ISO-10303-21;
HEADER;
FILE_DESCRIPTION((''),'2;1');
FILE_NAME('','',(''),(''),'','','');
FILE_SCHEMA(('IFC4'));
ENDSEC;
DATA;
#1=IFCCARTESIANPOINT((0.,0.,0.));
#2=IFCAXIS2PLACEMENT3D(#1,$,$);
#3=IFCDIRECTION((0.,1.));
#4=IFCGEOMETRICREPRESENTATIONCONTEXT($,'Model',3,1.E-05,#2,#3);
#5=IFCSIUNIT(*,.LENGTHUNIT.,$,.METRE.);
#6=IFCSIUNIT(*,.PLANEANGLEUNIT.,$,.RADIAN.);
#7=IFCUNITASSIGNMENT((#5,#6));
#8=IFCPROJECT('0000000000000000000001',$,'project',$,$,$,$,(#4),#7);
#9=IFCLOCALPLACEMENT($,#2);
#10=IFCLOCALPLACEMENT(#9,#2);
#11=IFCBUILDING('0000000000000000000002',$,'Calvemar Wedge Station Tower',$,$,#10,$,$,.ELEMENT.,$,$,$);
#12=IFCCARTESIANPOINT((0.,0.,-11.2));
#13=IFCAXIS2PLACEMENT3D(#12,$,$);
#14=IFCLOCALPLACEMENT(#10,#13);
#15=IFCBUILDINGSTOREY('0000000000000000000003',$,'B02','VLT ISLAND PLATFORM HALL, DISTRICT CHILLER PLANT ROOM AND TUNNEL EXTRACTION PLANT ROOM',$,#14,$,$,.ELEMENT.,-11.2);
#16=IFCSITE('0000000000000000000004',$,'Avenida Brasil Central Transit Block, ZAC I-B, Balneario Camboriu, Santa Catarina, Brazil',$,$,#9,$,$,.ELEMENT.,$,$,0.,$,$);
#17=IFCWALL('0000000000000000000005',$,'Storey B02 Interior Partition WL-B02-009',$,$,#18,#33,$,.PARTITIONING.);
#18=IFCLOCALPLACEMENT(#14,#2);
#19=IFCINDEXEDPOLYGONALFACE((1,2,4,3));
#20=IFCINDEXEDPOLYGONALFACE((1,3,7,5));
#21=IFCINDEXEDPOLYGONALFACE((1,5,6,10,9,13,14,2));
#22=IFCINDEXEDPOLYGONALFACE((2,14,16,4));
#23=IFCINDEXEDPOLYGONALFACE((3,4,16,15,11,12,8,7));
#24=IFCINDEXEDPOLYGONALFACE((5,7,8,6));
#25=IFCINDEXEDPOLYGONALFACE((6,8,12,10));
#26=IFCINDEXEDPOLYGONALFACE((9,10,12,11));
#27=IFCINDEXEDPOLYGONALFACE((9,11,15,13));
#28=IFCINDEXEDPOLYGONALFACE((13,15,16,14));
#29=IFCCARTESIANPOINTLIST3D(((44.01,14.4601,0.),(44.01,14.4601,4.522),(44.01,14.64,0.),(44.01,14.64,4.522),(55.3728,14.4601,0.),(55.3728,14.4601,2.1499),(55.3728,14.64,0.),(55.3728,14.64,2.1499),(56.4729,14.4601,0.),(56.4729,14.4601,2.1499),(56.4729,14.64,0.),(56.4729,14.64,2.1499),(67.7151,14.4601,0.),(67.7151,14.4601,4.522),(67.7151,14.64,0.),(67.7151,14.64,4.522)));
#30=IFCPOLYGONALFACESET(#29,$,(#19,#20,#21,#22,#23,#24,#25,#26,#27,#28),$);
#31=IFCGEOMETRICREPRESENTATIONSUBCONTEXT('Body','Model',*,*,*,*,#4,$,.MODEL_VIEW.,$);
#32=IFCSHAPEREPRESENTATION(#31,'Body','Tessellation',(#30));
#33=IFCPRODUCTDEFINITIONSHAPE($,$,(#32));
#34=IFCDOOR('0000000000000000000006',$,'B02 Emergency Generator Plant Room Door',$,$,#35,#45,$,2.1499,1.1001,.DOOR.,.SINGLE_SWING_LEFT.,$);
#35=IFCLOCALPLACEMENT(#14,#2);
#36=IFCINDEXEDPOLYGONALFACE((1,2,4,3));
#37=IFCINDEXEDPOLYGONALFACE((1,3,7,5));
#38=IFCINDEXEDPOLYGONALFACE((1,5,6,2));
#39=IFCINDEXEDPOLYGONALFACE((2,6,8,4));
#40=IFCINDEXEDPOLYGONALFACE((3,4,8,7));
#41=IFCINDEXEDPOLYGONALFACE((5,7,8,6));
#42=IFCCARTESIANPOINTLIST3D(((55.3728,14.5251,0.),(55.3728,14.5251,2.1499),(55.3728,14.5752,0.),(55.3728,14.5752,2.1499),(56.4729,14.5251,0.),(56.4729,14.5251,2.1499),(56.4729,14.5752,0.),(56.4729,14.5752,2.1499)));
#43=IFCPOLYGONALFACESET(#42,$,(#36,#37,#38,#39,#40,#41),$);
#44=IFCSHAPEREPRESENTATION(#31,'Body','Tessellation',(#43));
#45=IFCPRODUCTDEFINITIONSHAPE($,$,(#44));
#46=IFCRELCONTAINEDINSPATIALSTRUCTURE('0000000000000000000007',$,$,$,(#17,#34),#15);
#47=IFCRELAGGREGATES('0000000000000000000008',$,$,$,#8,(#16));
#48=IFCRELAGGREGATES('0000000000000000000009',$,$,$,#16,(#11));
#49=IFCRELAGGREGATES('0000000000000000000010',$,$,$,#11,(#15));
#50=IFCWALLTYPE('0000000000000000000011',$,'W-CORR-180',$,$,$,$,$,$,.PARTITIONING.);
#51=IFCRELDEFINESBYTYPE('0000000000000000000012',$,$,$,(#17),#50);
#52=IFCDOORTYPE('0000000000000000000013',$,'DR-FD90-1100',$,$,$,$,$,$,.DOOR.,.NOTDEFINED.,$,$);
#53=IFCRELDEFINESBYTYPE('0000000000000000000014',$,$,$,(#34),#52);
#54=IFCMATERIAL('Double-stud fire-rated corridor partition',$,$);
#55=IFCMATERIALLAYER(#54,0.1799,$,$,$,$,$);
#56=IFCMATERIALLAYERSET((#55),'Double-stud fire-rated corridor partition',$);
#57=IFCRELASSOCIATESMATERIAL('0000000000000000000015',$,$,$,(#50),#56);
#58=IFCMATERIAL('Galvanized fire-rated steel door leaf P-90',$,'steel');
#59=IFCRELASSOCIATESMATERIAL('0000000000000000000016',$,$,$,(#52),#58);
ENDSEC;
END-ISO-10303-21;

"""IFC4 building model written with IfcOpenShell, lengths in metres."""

from ifc_helpers import new_model, si_unit, direction, frame, frame_2d, origin, place, context, subcontext, project, spatial, rectangle, extrude, source, transform, mapped, material, layer, layer_set, type_object, element, fill, save


model = new_model("IFC4")

# Units and contexts
model_context = context("Model", 3, precision=1e-05, world=origin(), true_north=direction((0.0, 1.0)))
body_context = subcontext(model_context, "Body", "Model", "MODEL_VIEW")
ifc_project = project(units=[si_unit("LENGTHUNIT", "METRE"), si_unit("PLANEANGLEUNIT", "RADIAN")], contexts=[model_context])

# Site, building, storey
site_placement = place(None, origin())
site = spatial("IfcSite", under=ifc_project, at=site_placement, Name="Avenida Brasil Central Transit Block, ZAC I-B, Balneario Camboriu, Santa Catarina, Brazil", CompositionType="ELEMENT", RefElevation=0.0)
building_placement = place(site_placement, origin())
building = spatial("IfcBuilding", under=site, at=building_placement, Name="Calvemar Wedge Station Tower", CompositionType="ELEMENT")
storey_placement = place(building_placement, frame((0.0, 0.0, -11.2)))
storey = spatial("IfcBuildingStorey", under=building, at=storey_placement, Name="B02", Description="VLT ISLAND PLATFORM HALL, DISTRICT CHILLER PLANT ROOM AND TUNNEL EXTRACTION PLANT ROOM", CompositionType="ELEMENT", Elevation=-11.2)

# Wall, opening, door
ifc_material_1 = material(Name="Double-stud fire-rated corridor partition")
ifc_layer_1 = layer(ifc_material_1, 0.1799)
ifc_layer_set_1 = layer_set([ifc_layer_1], Name="Double-stud fire-rated corridor partition")
wall_type_1 = type_object("IfcWallType", Name="W-CORR-180", PredefinedType="PARTITIONING", material=ifc_layer_set_1)
wall_1_placement = place(storey_placement, frame((67.7151, 14.55, 0.0), z_axis=(0.0, 0.0, 1.0), x_axis=(-1.0, 0.0, 0.0)))
wall_1 = element("IfcWall", 1, at=wall_1_placement, inside=storey, type_object=wall_type_1, Name="Storey B02 Interior Partition WL-B02-009", PredefinedType="PARTITIONING", context=body_context, shape_type="SweptSolid", body=[
    extrude(rectangle(XDim=23.7051, YDim=0.1799, at=frame_2d((11.8525, 0.0))), origin(), (0.0, 0.0, 1.0), 4.522),
])
shared_shape_1 = source(origin(), body_context, "Body", "SweptSolid", [
    extrude(rectangle(XDim=1.1001, YDim=2.1499, at=frame_2d((0.55, 1.075))), frame((0.0, 0.1001, 0.0), z_axis=(0.0, -1.0, 0.0), x_axis=(1.0, 0.0, 0.0)), (0.0, 0.0, 1.0), 0.2),
])
opening_placement = place(wall_1_placement, frame((11.2422, 0.0, 0.0)))
opening = element("IfcOpeningElement", 2, at=opening_placement, cuts=wall_1, PredefinedType="OPENING", context=body_context, shape_type="MappedRepresentation", body=[
    mapped(shared_shape_1, transform((0.0, 0.0, 0.0), scale=1.0)),
])
ifc_material_2 = material(Name="Galvanized fire-rated steel door leaf P-90", Category="steel")
door_type = type_object("IfcDoorType", Name="DR-FD90-1100", OperationType="NOTDEFINED", PredefinedType="DOOR", material=ifc_material_2)
shared_shape_2 = source(origin(), body_context, "Body", "SweptSolid", [
    extrude(rectangle(XDim=1.1001, YDim=2.1499, at=frame_2d((0.55, 1.075))), frame((0.0, 0.0249, 0.0), z_axis=(0.0, -1.0, 0.0), x_axis=(1.0, 0.0, 0.0)), (0.0, 0.0, 1.0), 0.05),
])
door_placement = place(opening_placement, origin())
door = element("IfcDoor", 3, at=door_placement, inside=storey, type_object=door_type, Name="B02 Emergency Generator Plant Room Door", OperationType="SINGLE_SWING_LEFT", OverallHeight=2.1499, OverallWidth=1.1001, PredefinedType="DOOR", context=body_context, shape_type="MappedRepresentation", body=[
    mapped(shared_shape_2, transform((0.0, 0.0, 0.0), scale=1.0)),
])
fill(opening, door)

save(model, "model.ifc")
